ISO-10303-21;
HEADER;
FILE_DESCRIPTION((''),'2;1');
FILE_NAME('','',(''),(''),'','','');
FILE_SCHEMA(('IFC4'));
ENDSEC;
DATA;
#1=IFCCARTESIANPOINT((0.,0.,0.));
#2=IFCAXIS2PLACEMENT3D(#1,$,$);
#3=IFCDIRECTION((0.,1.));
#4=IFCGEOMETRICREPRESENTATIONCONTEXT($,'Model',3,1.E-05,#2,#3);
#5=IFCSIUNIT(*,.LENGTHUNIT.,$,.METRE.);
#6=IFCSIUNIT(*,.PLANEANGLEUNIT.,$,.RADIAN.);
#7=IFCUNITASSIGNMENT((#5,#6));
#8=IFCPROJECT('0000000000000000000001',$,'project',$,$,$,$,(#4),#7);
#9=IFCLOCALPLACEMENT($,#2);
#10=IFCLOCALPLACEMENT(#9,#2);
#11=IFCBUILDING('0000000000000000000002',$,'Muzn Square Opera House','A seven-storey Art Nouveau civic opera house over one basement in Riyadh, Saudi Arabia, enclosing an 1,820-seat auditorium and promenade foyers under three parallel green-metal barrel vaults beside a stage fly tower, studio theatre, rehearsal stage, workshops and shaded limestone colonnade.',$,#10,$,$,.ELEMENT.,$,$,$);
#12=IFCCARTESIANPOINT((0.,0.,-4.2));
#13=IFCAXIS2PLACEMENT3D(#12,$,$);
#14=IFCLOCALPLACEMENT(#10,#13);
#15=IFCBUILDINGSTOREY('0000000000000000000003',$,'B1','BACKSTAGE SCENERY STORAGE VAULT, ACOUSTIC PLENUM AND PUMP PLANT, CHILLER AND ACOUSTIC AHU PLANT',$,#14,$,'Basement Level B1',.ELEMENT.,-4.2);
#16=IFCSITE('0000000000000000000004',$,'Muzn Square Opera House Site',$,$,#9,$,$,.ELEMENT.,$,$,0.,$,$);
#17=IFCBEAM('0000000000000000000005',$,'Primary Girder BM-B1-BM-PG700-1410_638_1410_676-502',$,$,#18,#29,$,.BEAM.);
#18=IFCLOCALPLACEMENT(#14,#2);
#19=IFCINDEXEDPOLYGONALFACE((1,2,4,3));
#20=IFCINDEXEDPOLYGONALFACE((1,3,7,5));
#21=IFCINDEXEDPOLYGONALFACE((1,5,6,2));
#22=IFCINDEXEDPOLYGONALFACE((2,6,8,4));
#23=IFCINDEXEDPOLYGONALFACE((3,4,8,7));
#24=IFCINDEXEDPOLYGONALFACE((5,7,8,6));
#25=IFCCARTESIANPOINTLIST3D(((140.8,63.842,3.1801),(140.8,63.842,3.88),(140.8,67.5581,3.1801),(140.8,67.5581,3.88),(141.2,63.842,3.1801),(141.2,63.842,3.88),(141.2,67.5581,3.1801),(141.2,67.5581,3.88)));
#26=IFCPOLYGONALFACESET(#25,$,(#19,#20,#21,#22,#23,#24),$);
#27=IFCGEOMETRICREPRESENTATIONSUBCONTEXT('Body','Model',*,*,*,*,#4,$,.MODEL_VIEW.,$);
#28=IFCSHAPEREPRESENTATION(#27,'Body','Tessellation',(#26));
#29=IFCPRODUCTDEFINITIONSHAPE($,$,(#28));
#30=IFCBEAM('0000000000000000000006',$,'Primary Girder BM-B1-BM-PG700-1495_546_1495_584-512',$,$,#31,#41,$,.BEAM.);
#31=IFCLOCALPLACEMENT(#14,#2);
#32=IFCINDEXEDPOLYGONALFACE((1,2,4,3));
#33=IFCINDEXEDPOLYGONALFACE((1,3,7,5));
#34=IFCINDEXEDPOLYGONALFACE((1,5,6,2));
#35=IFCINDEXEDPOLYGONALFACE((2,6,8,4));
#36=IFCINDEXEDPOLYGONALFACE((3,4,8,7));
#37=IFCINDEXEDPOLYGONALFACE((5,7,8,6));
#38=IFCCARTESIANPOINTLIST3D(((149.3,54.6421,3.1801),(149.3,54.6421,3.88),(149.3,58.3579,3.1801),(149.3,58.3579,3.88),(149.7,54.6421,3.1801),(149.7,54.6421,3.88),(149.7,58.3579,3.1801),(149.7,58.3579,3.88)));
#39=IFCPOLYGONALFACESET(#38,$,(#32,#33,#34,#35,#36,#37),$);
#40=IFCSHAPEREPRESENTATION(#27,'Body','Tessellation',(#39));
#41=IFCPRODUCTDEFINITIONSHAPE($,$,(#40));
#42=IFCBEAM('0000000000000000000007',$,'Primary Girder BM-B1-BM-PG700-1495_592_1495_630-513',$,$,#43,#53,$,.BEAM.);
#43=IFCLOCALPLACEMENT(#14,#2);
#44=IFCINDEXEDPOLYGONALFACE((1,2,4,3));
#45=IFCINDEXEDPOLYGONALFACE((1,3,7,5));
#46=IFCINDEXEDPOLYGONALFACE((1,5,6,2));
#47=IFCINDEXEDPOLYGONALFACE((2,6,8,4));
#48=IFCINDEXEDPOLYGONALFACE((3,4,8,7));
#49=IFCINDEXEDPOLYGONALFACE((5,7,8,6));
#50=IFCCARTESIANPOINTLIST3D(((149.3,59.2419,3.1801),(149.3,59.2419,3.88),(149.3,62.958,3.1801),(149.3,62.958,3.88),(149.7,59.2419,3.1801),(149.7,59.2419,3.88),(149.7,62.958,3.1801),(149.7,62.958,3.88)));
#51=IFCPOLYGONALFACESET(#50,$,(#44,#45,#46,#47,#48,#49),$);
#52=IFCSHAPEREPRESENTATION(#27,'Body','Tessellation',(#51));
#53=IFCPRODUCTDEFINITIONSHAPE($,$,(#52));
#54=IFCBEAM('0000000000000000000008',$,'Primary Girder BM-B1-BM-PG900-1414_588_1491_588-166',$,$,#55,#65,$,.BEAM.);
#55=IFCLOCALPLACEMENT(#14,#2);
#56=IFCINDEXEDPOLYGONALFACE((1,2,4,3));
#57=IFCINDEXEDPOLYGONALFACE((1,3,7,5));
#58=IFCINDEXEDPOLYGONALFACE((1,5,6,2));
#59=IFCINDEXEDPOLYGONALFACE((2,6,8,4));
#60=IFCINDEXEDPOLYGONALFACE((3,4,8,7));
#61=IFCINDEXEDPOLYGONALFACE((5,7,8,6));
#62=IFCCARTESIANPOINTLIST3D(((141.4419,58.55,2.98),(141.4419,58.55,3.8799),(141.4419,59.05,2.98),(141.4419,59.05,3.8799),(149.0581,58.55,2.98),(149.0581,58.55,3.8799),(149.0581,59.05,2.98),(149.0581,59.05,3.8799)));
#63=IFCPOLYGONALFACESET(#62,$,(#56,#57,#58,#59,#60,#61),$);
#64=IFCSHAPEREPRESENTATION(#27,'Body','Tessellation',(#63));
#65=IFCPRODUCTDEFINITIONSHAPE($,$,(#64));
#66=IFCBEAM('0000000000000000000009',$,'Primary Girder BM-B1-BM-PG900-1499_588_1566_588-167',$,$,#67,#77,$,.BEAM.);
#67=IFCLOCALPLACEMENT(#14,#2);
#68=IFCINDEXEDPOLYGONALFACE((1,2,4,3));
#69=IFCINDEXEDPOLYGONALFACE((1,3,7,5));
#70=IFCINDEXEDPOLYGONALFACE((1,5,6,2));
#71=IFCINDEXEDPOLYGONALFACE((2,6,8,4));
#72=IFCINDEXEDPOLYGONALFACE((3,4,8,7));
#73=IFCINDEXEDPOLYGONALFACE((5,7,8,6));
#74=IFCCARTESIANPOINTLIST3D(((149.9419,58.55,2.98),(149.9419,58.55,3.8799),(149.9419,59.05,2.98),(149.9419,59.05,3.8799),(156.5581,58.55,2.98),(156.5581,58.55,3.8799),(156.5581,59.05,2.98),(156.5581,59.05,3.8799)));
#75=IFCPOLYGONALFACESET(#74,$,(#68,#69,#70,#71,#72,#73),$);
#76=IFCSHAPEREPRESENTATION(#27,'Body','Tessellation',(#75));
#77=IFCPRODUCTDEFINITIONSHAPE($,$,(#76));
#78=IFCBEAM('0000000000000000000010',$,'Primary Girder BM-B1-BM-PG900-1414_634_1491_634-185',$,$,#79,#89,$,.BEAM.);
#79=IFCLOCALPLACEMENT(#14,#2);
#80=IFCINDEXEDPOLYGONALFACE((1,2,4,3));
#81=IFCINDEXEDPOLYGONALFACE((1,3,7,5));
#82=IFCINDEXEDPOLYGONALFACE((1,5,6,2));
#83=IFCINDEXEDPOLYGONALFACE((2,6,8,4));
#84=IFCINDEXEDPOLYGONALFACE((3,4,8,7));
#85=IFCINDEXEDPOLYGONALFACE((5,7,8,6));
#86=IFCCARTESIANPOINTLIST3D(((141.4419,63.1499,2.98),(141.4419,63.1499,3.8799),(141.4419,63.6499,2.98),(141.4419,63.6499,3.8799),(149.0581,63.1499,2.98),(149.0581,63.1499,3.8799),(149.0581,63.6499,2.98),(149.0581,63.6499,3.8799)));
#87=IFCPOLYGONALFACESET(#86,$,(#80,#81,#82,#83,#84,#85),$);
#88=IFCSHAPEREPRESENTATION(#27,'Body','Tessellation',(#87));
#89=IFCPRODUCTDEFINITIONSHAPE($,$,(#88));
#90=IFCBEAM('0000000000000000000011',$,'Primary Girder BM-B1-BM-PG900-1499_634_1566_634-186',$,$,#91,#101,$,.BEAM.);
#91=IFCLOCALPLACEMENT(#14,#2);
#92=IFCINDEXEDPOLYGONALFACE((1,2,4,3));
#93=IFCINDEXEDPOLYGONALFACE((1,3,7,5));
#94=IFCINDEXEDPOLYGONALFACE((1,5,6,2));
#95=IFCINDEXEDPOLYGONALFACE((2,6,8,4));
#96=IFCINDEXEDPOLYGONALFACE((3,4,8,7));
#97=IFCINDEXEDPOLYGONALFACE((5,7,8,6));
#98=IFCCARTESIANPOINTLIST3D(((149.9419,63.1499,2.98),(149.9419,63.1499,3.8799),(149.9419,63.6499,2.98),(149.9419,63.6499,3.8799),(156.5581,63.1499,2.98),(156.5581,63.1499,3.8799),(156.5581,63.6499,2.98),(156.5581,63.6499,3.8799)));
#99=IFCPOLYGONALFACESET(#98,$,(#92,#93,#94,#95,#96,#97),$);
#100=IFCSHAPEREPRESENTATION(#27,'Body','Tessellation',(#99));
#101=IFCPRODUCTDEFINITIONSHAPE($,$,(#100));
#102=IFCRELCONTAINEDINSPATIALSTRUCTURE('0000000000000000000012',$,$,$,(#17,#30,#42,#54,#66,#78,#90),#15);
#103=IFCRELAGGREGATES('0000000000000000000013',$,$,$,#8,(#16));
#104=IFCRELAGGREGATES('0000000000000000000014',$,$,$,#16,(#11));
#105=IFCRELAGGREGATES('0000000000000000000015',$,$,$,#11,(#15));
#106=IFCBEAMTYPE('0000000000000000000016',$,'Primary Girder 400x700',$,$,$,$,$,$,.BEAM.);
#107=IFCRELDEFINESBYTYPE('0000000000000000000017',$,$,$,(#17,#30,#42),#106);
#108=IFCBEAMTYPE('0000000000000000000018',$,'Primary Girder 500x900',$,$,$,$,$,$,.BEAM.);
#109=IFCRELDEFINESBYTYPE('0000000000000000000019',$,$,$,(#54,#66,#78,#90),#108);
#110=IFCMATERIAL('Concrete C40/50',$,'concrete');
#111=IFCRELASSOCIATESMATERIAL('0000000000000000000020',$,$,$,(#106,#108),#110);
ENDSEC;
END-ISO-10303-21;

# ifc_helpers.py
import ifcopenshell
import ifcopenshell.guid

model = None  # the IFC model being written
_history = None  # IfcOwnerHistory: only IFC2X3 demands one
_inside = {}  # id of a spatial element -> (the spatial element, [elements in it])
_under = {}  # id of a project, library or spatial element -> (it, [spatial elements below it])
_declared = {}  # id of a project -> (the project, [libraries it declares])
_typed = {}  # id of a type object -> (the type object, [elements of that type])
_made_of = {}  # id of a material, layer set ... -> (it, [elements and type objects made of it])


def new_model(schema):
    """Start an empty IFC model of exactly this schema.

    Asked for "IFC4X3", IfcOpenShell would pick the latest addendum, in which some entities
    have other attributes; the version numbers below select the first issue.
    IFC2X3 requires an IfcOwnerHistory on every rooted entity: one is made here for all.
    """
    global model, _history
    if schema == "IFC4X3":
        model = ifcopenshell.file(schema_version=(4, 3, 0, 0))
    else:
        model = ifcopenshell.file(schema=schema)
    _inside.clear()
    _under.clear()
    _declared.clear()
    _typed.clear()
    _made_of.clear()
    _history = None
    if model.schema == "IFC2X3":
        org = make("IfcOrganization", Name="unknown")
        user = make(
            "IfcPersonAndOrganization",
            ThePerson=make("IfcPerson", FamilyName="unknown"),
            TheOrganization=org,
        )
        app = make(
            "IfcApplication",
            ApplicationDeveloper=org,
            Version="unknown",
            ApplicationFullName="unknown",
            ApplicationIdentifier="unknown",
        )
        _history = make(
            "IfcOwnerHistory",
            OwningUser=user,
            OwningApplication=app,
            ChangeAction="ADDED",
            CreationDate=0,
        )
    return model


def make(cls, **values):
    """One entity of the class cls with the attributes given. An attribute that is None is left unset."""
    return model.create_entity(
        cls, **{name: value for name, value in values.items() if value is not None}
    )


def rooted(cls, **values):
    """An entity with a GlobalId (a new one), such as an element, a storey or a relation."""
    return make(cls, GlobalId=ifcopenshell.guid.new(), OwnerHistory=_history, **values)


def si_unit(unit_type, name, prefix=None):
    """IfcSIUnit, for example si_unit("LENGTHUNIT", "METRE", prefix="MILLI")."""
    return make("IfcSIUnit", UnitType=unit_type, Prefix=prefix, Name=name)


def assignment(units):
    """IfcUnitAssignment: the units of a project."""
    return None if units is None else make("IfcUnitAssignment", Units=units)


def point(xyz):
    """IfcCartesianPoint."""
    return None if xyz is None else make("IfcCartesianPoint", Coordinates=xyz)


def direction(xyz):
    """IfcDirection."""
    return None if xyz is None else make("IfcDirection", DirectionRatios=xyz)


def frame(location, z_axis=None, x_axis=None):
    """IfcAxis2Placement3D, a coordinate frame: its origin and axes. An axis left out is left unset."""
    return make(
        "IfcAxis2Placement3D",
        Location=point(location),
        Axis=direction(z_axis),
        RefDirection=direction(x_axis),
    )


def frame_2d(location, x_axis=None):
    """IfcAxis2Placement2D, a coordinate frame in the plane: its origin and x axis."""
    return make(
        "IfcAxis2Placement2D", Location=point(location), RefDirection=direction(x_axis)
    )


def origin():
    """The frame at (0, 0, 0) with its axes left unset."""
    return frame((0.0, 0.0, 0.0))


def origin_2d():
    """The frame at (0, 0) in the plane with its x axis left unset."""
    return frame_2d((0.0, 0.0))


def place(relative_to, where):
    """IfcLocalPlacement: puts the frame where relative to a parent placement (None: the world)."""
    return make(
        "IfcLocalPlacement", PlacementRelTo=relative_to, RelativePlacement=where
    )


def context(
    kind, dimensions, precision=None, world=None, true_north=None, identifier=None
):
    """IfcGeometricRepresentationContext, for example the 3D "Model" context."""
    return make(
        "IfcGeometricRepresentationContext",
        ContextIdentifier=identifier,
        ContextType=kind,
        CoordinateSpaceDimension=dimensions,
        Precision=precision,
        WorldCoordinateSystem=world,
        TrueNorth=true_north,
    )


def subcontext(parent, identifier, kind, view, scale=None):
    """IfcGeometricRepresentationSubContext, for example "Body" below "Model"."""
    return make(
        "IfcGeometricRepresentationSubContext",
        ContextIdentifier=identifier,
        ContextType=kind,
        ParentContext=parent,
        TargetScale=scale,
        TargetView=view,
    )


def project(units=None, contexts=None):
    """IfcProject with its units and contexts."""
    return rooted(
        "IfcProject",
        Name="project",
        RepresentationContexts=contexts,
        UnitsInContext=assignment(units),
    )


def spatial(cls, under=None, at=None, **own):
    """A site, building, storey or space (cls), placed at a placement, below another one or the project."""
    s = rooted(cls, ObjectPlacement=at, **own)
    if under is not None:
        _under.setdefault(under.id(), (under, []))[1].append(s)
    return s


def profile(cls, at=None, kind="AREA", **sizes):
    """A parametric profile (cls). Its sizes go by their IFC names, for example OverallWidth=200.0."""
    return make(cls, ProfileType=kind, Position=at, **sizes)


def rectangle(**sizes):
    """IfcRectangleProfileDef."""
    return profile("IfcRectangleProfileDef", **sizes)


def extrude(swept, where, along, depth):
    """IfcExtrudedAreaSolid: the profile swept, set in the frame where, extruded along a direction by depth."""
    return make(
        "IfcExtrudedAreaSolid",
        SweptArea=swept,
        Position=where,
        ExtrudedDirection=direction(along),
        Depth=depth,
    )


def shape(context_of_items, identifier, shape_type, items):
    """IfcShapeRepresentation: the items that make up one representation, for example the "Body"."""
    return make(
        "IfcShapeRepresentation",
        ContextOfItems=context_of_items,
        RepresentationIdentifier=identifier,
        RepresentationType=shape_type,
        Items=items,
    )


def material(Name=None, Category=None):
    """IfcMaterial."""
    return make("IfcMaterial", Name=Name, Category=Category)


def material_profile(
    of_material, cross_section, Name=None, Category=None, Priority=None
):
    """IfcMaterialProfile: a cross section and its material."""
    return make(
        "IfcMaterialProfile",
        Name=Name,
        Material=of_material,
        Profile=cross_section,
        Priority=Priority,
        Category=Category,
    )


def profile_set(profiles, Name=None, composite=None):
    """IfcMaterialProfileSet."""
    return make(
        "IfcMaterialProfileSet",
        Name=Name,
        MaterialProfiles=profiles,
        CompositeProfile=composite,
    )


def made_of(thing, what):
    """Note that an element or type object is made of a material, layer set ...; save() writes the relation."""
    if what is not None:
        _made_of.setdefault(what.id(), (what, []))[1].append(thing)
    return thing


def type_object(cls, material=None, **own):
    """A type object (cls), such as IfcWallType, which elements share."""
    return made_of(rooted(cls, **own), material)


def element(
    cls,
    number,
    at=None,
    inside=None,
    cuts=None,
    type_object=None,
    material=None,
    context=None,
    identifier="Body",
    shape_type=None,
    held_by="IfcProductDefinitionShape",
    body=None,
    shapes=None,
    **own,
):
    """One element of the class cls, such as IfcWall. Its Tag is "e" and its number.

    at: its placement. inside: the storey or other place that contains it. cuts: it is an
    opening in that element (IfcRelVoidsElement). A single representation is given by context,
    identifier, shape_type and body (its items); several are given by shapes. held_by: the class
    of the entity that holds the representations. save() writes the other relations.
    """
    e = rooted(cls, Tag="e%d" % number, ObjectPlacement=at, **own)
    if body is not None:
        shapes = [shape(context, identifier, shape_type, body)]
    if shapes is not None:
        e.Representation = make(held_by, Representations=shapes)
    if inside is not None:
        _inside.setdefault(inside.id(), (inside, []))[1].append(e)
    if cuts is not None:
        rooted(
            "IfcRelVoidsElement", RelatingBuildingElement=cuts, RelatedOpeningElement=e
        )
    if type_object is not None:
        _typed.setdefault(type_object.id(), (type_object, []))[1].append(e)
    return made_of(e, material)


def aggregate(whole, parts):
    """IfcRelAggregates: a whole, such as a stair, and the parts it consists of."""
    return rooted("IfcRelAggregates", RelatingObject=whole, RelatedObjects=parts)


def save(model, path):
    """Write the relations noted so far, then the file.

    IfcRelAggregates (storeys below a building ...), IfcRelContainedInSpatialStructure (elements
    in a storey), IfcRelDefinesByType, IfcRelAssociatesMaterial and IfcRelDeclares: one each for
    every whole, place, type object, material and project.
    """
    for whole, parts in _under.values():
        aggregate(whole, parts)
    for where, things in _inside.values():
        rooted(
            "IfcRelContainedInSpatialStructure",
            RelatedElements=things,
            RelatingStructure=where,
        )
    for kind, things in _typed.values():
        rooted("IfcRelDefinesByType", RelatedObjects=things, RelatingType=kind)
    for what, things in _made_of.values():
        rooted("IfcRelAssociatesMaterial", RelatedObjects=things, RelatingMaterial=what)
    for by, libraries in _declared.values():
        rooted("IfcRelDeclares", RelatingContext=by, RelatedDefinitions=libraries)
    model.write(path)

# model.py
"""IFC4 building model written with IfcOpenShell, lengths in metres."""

from ifc_helpers import new_model, si_unit, direction, frame, origin, origin_2d, place, context, subcontext, project, spatial, rectangle, extrude, material, material_profile, profile_set, type_object, element, save


model = new_model("IFC4")

# Units and contexts
model_context = context("Model", 3, precision=1e-05, world=origin(), true_north=direction((0.0, 1.0)))
body_context = subcontext(model_context, "Body", "Model", "MODEL_VIEW")
ifc_project = project(units=[si_unit("LENGTHUNIT", "METRE"), si_unit("PLANEANGLEUNIT", "RADIAN")], contexts=[model_context])

# Site, building, storey
site_placement = place(None, origin())
site = spatial("IfcSite", under=ifc_project, at=site_placement, Name="Muzn Square Opera House Site", CompositionType="ELEMENT", RefElevation=0.0)
building_placement = place(site_placement, origin())
building = spatial("IfcBuilding", under=site, at=building_placement, Name="Muzn Square Opera House", Description="A seven-storey Art Nouveau civic opera house over one basement in Riyadh, Saudi Arabia, enclosing an 1,820-seat auditorium and promenade foyers under three parallel green-metal barrel vaults beside a stage fly tower, studio theatre, rehearsal stage, workshops and shaded limestone colonnade.", CompositionType="ELEMENT")
storey_placement = place(building_placement, frame((0.0, 0.0, -4.2)))
storey = spatial("IfcBuildingStorey", under=building, at=storey_placement, Name="B1", Description="BACKSTAGE SCENERY STORAGE VAULT, ACOUSTIC PLENUM AND PUMP PLANT, CHILLER AND ACOUSTIC AHU PLANT", LongName="Basement Level B1", CompositionType="ELEMENT", Elevation=-4.2)

# Shared definitions
ifc_material_1 = material(Name="Concrete C40/50", Category="concrete")

# Beams
ifc_material_profile_1 = material_profile(ifc_material_1, rectangle(XDim=0.3999, YDim=0.7, at=origin_2d()), Name="RCB 400x700", Category="concrete")
ifc_profile_set_1 = profile_set([ifc_material_profile_1], Name="Concrete C40/50")
beam_type_1 = type_object("IfcBeamType", Name="Primary Girder 400x700", PredefinedType="BEAM", material=ifc_profile_set_1)
beam_1_placement = place(storey_placement, frame((141.0, 63.842, 3.53), z_axis=(0.0, 1.0, 0.0), x_axis=(-1.0, 0.0, 0.0)))
element("IfcBeam", 1, at=beam_1_placement, inside=storey, type_object=beam_type_1, Name="Primary Girder BM-B1-BM-PG700-1410_638_1410_676-502", PredefinedType="BEAM", context=body_context, shape_type="SweptSolid", body=[
    extrude(rectangle(XDim=0.3999, YDim=0.7, at=origin_2d()), origin(), (0.0, 0.0, 1.0), 3.7161),
])
beam_2_placement = place(storey_placement, frame((149.5, 54.6421, 3.53), z_axis=(0.0, 1.0, 0.0), x_axis=(-1.0, 0.0, 0.0)))
element("IfcBeam", 2, at=beam_2_placement, inside=storey, type_object=beam_type_1, Name="Primary Girder BM-B1-BM-PG700-1495_546_1495_584-512", PredefinedType="BEAM", context=body_context, shape_type="SweptSolid", body=[
    extrude(rectangle(XDim=0.3999, YDim=0.7, at=origin_2d()), origin(), (0.0, 0.0, 1.0), 3.7158),
])
beam_3_placement = place(storey_placement, frame((149.5, 59.2419, 3.53), z_axis=(0.0, 1.0, 0.0), x_axis=(-1.0, 0.0, 0.0)))
element("IfcBeam", 3, at=beam_3_placement, inside=storey, type_object=beam_type_1, Name="Primary Girder BM-B1-BM-PG700-1495_592_1495_630-513", PredefinedType="BEAM", context=body_context, shape_type="SweptSolid", body=[
    extrude(rectangle(XDim=0.3999, YDim=0.7, at=origin_2d()), origin(), (0.0, 0.0, 1.0), 3.7161),
])
ifc_material_profile_2 = material_profile(ifc_material_1, rectangle(XDim=0.5, YDim=0.8999, at=origin_2d()), Name="RCB 500x900", Category="concrete")
ifc_profile_set_2 = profile_set([ifc_material_profile_2], Name="Concrete C40/50")
beam_type_2 = type_object("IfcBeamType", Name="Primary Girder 500x900", PredefinedType="BEAM", material=ifc_profile_set_2)
beam_4_placement = place(storey_placement, frame((141.4419, 58.8, 3.4299), z_axis=(1.0, 0.0, 0.0), x_axis=(0.0, 1.0, 0.0)))
element("IfcBeam", 4, at=beam_4_placement, inside=storey, type_object=beam_type_2, Name="Primary Girder BM-B1-BM-PG900-1414_588_1491_588-166", PredefinedType="BEAM", context=body_context, shape_type="SweptSolid", body=[
    extrude(rectangle(XDim=0.5, YDim=0.8999, at=origin_2d()), origin(), (0.0, 0.0, 1.0), 7.6162),
])
beam_5_placement = place(storey_placement, frame((149.9419, 58.8, 3.4299), z_axis=(1.0, 0.0, 0.0), x_axis=(0.0, 1.0, 0.0)))
element("IfcBeam", 5, at=beam_5_placement, inside=storey, type_object=beam_type_2, Name="Primary Girder BM-B1-BM-PG900-1499_588_1566_588-167", PredefinedType="BEAM", context=body_context, shape_type="SweptSolid", body=[
    extrude(rectangle(XDim=0.5, YDim=0.8999, at=origin_2d()), origin(), (0.0, 0.0, 1.0), 6.6162),
])
beam_6_placement = place(storey_placement, frame((141.4419, 63.3999, 3.4299), z_axis=(1.0, 0.0, 0.0), x_axis=(0.0, 1.0, 0.0)))
element("IfcBeam", 6, at=beam_6_placement, inside=storey, type_object=beam_type_2, Name="Primary Girder BM-B1-BM-PG900-1414_634_1491_634-185", PredefinedType="BEAM", context=body_context, shape_type="SweptSolid", body=[
    extrude(rectangle(XDim=0.5, YDim=0.8999, at=origin_2d()), origin(), (0.0, 0.0, 1.0), 7.6162),
])
beam_7_placement = place(storey_placement, frame((149.9419, 63.3999, 3.4299), z_axis=(1.0, 0.0, 0.0), x_axis=(0.0, 1.0, 0.0)))
element("IfcBeam", 7, at=beam_7_placement, inside=storey, type_object=beam_type_2, Name="Primary Girder BM-B1-BM-PG900-1499_634_1566_634-186", PredefinedType="BEAM", context=body_context, shape_type="SweptSolid", body=[
    extrude(rectangle(XDim=0.5, YDim=0.8999, at=origin_2d()), origin(), (0.0, 0.0, 1.0), 6.6162),
])

save(model, "model.ifc")
